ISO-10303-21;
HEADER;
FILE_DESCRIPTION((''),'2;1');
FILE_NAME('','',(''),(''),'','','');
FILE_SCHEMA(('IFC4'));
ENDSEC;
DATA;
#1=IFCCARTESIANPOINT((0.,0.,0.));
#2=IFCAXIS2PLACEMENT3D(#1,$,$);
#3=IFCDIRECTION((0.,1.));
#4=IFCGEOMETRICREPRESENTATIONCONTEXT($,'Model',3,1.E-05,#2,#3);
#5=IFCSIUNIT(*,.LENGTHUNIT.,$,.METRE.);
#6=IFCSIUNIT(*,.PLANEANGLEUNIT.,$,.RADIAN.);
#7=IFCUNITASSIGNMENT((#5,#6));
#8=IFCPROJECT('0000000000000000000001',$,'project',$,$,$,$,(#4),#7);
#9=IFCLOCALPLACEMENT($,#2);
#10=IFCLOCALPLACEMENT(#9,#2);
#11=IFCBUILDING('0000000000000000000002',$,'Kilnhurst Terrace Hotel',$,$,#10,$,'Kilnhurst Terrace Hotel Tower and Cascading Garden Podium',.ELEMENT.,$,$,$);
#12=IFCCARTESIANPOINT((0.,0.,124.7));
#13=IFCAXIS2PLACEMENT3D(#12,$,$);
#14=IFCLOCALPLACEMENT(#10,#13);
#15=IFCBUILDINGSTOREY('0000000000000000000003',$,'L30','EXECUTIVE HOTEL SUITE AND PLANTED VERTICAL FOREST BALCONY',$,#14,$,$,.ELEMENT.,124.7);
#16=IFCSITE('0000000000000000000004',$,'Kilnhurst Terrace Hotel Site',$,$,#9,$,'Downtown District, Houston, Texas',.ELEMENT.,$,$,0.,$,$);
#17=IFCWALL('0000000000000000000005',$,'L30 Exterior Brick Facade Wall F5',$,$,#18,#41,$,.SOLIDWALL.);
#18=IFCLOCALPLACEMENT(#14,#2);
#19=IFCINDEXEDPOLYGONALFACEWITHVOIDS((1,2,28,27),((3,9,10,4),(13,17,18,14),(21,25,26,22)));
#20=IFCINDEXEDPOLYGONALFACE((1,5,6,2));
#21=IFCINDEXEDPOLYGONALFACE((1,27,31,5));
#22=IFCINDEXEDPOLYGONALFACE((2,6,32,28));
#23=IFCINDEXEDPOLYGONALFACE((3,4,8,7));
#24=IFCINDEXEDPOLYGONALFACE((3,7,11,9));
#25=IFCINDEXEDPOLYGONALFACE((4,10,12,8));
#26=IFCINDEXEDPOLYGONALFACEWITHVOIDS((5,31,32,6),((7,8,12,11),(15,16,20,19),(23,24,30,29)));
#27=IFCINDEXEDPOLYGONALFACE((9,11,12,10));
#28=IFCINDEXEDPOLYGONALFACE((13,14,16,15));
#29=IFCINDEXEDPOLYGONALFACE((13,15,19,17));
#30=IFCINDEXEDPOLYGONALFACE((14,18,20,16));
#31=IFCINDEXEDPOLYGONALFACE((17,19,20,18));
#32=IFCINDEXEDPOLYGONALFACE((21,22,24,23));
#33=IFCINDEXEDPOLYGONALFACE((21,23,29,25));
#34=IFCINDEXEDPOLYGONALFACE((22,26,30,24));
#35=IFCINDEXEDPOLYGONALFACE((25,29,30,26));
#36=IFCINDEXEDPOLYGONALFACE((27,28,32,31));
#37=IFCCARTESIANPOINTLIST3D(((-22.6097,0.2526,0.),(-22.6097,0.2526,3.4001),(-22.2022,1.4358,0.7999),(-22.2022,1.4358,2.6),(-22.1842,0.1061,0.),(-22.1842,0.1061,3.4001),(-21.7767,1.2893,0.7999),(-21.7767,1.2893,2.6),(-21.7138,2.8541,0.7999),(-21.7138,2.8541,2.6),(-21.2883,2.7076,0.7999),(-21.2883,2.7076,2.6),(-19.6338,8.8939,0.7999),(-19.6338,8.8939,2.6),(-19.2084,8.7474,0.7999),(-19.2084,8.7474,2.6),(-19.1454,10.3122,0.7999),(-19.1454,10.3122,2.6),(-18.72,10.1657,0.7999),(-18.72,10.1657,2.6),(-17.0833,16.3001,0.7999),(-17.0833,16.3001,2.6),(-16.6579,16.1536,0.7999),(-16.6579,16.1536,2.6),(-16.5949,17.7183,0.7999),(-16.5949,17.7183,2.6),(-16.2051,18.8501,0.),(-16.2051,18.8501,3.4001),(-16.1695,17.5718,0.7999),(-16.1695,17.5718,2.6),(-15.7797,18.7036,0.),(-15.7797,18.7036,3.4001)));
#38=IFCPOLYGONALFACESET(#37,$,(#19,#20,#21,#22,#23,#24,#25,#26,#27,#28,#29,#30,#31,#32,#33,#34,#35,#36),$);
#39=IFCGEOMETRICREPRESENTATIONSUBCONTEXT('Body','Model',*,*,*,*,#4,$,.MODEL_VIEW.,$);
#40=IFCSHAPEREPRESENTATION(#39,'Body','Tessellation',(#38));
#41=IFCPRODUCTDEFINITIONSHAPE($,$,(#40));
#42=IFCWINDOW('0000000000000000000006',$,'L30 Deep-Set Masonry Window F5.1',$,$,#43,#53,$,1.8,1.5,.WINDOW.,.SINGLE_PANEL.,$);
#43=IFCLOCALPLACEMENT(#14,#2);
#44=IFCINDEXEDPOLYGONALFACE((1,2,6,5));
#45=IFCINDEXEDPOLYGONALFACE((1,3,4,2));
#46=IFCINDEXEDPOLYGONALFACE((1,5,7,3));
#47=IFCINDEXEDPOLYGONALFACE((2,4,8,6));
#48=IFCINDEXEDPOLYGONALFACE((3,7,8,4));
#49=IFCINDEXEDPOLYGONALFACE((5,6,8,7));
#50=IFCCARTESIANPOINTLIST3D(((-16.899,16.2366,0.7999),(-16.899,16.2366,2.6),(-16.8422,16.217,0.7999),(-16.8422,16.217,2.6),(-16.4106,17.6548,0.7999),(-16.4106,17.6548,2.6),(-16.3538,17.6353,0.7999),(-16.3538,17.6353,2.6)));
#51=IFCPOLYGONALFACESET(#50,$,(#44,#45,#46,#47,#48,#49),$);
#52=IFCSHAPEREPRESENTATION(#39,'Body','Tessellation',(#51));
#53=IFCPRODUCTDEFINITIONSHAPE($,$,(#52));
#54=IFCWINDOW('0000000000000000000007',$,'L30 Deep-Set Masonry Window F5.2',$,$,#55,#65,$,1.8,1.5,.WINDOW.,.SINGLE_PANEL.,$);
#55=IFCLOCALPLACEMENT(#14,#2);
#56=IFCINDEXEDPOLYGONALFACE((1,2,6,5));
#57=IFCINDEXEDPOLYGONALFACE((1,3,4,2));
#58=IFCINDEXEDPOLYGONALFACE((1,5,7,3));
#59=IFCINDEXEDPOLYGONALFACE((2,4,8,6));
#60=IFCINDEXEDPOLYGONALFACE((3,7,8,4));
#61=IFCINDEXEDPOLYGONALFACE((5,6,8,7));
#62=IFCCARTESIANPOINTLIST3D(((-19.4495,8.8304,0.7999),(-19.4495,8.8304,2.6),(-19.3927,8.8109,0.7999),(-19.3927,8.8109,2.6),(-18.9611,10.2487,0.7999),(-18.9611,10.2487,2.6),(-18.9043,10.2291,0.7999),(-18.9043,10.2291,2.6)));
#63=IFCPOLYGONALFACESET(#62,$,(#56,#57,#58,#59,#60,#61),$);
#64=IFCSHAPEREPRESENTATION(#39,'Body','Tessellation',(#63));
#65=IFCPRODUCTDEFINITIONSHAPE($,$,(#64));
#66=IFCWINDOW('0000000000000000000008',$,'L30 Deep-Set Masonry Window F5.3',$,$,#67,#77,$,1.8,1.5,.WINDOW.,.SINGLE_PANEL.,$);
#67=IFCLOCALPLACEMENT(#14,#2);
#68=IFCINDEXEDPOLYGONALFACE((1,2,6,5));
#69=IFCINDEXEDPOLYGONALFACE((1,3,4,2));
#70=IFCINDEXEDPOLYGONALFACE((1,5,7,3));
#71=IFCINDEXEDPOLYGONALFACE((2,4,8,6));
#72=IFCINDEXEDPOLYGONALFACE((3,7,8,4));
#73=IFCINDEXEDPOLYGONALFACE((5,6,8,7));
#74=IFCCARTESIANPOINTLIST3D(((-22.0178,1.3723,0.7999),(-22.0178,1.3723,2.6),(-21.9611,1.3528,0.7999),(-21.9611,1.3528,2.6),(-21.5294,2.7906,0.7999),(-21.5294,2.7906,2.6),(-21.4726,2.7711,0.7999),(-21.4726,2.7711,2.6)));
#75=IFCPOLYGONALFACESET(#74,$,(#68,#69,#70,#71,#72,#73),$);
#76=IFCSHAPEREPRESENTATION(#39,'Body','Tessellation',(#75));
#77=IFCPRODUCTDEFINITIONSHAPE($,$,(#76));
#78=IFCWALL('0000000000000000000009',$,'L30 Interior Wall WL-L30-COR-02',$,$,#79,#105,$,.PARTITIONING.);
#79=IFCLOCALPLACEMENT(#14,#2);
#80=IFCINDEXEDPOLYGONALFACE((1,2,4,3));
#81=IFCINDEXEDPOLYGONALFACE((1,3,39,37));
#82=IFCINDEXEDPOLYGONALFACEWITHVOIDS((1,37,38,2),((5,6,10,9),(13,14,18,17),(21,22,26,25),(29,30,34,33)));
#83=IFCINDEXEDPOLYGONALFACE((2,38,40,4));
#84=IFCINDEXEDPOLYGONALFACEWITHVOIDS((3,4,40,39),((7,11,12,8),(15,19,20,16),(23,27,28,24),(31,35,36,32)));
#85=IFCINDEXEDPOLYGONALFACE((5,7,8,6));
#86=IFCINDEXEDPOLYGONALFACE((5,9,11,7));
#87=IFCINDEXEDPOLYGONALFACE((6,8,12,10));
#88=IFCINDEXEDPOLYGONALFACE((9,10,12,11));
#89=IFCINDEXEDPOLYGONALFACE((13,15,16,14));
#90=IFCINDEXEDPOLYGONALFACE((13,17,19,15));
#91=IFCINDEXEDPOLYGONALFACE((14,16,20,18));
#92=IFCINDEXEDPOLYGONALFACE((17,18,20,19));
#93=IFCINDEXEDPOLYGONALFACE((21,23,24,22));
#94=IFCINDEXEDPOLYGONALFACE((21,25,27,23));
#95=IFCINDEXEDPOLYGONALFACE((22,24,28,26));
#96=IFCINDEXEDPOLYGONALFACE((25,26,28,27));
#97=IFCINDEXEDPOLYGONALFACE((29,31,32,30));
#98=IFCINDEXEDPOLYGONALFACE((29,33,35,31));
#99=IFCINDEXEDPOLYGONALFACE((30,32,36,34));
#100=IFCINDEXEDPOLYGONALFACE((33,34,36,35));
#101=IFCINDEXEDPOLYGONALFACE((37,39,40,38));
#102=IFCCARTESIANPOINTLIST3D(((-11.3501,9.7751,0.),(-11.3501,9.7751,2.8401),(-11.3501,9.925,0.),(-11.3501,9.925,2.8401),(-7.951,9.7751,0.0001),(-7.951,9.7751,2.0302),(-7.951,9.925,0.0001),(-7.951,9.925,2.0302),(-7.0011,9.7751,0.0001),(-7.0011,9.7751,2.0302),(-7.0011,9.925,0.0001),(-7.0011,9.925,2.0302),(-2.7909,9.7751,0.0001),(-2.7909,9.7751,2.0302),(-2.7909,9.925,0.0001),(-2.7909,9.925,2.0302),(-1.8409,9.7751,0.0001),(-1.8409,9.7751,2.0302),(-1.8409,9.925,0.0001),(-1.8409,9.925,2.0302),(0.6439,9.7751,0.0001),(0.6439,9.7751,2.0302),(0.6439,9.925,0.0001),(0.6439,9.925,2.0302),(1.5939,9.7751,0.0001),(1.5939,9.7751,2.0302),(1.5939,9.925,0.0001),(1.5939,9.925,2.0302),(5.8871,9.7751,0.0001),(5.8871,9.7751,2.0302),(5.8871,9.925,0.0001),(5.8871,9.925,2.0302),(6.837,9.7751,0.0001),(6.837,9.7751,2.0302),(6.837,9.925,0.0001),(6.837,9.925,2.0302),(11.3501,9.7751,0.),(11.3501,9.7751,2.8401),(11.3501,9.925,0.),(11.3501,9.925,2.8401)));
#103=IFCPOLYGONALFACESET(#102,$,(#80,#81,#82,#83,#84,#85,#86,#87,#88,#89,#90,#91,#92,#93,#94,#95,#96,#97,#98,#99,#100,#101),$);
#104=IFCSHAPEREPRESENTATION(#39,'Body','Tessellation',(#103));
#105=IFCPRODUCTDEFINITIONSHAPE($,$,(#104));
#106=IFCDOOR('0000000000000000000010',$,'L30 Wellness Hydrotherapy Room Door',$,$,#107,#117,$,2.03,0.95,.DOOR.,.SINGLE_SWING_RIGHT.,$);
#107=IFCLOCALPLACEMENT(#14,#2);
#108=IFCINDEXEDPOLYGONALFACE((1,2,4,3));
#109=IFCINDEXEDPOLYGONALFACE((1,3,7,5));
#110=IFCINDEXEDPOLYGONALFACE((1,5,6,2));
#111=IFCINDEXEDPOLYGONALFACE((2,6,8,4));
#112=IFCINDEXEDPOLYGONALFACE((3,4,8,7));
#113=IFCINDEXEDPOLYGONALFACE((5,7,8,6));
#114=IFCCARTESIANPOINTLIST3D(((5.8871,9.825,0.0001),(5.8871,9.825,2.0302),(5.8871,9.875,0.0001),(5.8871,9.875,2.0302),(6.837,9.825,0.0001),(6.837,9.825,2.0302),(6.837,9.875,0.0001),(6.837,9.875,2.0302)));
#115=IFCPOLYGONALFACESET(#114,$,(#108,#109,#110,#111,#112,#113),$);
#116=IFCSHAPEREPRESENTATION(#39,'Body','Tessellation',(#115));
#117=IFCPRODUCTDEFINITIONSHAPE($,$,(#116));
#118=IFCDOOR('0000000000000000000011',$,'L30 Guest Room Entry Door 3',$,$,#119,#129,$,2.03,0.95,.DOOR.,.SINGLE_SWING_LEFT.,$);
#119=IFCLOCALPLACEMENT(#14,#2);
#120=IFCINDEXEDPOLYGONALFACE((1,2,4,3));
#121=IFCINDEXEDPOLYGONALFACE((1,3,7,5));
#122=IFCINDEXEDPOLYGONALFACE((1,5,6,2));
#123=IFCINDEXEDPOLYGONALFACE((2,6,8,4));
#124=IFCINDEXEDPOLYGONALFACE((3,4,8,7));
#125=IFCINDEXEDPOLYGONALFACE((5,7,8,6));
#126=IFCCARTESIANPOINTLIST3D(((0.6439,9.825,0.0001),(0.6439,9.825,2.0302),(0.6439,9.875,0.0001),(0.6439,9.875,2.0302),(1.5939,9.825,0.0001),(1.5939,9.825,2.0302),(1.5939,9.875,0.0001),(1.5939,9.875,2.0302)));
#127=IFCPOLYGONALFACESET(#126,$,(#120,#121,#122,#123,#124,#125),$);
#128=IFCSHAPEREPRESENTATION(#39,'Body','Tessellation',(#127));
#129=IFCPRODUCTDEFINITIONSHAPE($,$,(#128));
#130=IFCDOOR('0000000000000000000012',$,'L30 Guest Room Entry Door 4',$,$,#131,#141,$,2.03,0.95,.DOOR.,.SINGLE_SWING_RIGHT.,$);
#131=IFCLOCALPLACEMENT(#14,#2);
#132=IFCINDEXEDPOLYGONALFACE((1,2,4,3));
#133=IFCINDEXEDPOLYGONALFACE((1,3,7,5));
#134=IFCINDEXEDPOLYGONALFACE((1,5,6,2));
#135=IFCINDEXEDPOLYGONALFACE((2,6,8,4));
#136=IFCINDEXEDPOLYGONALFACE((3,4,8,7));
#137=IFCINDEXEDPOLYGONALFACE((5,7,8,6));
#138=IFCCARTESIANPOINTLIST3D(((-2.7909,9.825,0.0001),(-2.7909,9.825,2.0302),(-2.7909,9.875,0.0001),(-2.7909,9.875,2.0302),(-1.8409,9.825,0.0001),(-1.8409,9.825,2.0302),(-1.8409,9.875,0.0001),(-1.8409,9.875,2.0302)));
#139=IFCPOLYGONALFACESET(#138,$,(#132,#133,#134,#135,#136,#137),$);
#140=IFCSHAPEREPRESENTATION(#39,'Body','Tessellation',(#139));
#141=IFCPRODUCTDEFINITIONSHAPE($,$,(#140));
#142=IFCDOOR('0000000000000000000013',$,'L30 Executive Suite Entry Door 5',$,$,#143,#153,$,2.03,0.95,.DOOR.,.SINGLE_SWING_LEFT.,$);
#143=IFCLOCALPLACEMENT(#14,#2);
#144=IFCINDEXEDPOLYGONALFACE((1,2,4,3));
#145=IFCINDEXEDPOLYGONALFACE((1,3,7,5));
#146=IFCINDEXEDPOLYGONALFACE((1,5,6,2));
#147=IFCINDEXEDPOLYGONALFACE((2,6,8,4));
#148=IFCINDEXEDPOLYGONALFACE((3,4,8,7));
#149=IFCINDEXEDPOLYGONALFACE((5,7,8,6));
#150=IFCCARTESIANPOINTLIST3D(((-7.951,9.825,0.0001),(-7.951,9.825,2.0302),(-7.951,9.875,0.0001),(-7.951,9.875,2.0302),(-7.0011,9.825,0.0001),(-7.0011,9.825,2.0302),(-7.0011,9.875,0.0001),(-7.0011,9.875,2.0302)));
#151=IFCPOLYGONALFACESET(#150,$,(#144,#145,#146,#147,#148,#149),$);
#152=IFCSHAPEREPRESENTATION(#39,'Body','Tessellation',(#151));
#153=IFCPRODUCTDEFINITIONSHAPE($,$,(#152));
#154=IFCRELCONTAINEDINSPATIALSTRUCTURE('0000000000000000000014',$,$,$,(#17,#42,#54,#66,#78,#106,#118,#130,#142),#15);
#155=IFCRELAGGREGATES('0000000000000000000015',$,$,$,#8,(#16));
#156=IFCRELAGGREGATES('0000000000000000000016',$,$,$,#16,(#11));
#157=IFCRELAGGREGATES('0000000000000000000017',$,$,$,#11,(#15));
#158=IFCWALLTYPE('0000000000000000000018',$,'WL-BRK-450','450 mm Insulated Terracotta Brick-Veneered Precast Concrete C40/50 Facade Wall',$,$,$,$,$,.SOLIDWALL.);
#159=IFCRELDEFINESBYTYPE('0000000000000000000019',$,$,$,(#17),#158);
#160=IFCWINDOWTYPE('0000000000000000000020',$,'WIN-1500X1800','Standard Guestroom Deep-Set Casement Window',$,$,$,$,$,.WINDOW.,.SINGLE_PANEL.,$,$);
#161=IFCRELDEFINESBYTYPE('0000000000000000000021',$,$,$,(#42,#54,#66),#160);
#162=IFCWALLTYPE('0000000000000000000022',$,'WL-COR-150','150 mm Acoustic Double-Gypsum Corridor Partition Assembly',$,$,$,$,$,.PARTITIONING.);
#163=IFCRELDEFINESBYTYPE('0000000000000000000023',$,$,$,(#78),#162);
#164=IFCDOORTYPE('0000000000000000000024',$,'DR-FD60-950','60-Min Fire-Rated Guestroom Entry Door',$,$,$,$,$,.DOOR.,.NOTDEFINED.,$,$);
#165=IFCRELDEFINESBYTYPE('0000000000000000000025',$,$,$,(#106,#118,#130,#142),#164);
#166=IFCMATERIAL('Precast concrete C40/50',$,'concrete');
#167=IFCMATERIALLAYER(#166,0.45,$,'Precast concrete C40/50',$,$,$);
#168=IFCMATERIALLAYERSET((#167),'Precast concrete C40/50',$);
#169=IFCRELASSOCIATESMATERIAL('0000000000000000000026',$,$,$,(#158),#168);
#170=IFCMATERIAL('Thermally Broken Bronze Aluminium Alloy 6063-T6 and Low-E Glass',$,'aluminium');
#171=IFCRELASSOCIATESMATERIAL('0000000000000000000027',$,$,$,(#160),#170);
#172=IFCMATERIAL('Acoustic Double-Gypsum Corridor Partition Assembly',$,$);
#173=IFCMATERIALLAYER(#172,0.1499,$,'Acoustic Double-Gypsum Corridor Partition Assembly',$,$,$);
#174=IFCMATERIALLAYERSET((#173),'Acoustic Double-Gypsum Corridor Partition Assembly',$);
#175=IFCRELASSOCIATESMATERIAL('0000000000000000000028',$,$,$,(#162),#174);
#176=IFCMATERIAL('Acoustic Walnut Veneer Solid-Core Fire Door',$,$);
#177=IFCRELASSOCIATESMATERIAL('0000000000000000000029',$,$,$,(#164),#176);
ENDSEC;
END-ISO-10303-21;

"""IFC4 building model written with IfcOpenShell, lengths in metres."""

from ifc_helpers import new_model, si_unit, direction, frame, frame_2d, origin, place, context, subcontext, project, spatial, rectangle, extrude, material, layer, layer_set, type_object, element, fill, save


model = new_model("IFC4")

# Units and contexts
model_context = context("Model", 3, precision=1e-05, world=origin(), true_north=direction((0.0, 1.0)))
body_context = subcontext(model_context, "Body", "Model", "MODEL_VIEW")
ifc_project = project(units=[si_unit("LENGTHUNIT", "METRE"), si_unit("PLANEANGLEUNIT", "RADIAN")], contexts=[model_context])

# Site, building, storey
site_placement = place(None, origin())
site = spatial("IfcSite", under=ifc_project, at=site_placement, Name="Kilnhurst Terrace Hotel Site", LongName="Downtown District, Houston, Texas", CompositionType="ELEMENT", RefElevation=0.0)
building_placement = place(site_placement, origin())
building = spatial("IfcBuilding", under=site, at=building_placement, Name="Kilnhurst Terrace Hotel", LongName="Kilnhurst Terrace Hotel Tower and Cascading Garden Podium", CompositionType="ELEMENT")
storey_placement = place(building_placement, frame((0.0, 0.0, 124.7)))
storey = spatial("IfcBuildingStorey", under=building, at=storey_placement, Name="L30", Description="EXECUTIVE HOTEL SUITE AND PLANTED VERTICAL FOREST BALCONY", CompositionType="ELEMENT", Elevation=124.7)

# Shared definitions
ifc_material_1 = material(Name="Precast concrete C40/50", Category="concrete")
ifc_layer_1 = layer(ifc_material_1, 0.45, Name="Precast concrete C40/50")
ifc_layer_set_1 = layer_set([ifc_layer_1], Name="Precast concrete C40/50")
wall_type_1 = type_object("IfcWallType", Name="WL-BRK-450", Description="450 mm Insulated Terracotta Brick-Veneered Precast Concrete C40/50 Facade Wall", PredefinedType="SOLIDWALL", material=ifc_layer_set_1)

# Wall, openings, windows
wall_1_placement = place(storey_placement, frame((-15.9924, 18.7769, 0.0), z_axis=(0.0, 0.0, 1.0), x_axis=(-0.325607, -0.945505, 0.0)))
wall_1 = element("IfcWall", 1, at=wall_1_placement, inside=storey, type_object=wall_type_1, Name="L30 Exterior Brick Facade Wall F5", PredefinedType="SOLIDWALL", context=body_context, shape_type="SweptSolid", body=[
    extrude(rectangle(XDim=19.6694, YDim=0.45, at=frame_2d((9.8347, 0.0))), origin(), (0.0, 0.0, 1.0), 3.4001),
])
opening_1_placement = place(wall_1_placement, frame((1.197, 0.0, 0.8)))
opening_1 = element("IfcOpeningElement", 2, at=opening_1_placement, cuts=wall_1, PredefinedType="OPENING", context=body_context, shape_type="SweptSolid", body=[
    extrude(rectangle(XDim=1.5, YDim=1.8, at=frame_2d((0.75, 0.8999))), frame((0.0, 0.2349, 0.0), z_axis=(0.0, -1.0, 0.0), x_axis=(1.0, 0.0, 0.0)), (0.0, 0.0, 1.0), 0.47),
])
opening_2_placement = place(wall_1_placement, frame((9.03, 0.0, 0.8)))
opening_2 = element("IfcOpeningElement", 3, at=opening_2_placement, cuts=wall_1, PredefinedType="OPENING", context=body_context, shape_type="SweptSolid", body=[
    extrude(rectangle(XDim=1.5, YDim=1.8, at=frame_2d((0.75, 0.8999))), frame((0.0, 0.2349, 0.0), z_axis=(0.0, -1.0, 0.0), x_axis=(1.0, 0.0, 0.0)), (0.0, 0.0, 1.0), 0.47),
])
opening_3_placement = place(wall_1_placement, frame((16.918, 0.0, 0.8)))
opening_3 = element("IfcOpeningElement", 4, at=opening_3_placement, cuts=wall_1, PredefinedType="OPENING", context=body_context, shape_type="SweptSolid", body=[
    extrude(rectangle(XDim=1.5, YDim=1.8, at=frame_2d((0.75, 0.8999))), frame((0.0, 0.2349, 0.0), z_axis=(0.0, -1.0, 0.0), x_axis=(1.0, 0.0, 0.0)), (0.0, 0.0, 1.0), 0.47),
])
ifc_material_2 = material(Name="Thermally Broken Bronze Aluminium Alloy 6063-T6 and Low-E Glass", Category="aluminium")
window_type = type_object("IfcWindowType", Name="WIN-1500X1800", Description="Standard Guestroom Deep-Set Casement Window", PartitioningType="SINGLE_PANEL", PredefinedType="WINDOW", material=ifc_material_2)
window_1_placement = place(opening_1_placement, origin())
window_1 = element("IfcWindow", 5, at=window_1_placement, inside=storey, type_object=window_type, Name="L30 Deep-Set Masonry Window F5.1", OverallHeight=1.8, OverallWidth=1.5, PartitioningType="SINGLE_PANEL", PredefinedType="WINDOW", context=body_context, shape_type="SweptSolid", body=[
    extrude(rectangle(XDim=1.5, YDim=1.8, at=frame_2d((0.75, 0.8999))), frame((0.0, 0.03, 0.0), z_axis=(0.0, -1.0, 0.0), x_axis=(1.0, 0.0, 0.0)), (0.0, 0.0, 1.0), 0.0601),
])
fill(opening_1, window_1)
window_2_placement = place(opening_2_placement, origin())
window_2 = element("IfcWindow", 6, at=window_2_placement, inside=storey, type_object=window_type, Name="L30 Deep-Set Masonry Window F5.2", OverallHeight=1.8, OverallWidth=1.5, PartitioningType="SINGLE_PANEL", PredefinedType="WINDOW", context=body_context, shape_type="SweptSolid", body=[
    extrude(rectangle(XDim=1.5, YDim=1.8, at=frame_2d((0.75, 0.8999))), frame((0.0, 0.03, 0.0), z_axis=(0.0, -1.0, 0.0), x_axis=(1.0, 0.0, 0.0)), (0.0, 0.0, 1.0), 0.0601),
])
fill(opening_2, window_2)
window_3_placement = place(opening_3_placement, origin())
window_3 = element("IfcWindow", 7, at=window_3_placement, inside=storey, type_object=window_type, Name="L30 Deep-Set Masonry Window F5.3", OverallHeight=1.8, OverallWidth=1.5, PartitioningType="SINGLE_PANEL", PredefinedType="WINDOW", context=body_context, shape_type="SweptSolid", body=[
    extrude(rectangle(XDim=1.5, YDim=1.8, at=frame_2d((0.75, 0.8999))), frame((0.0, 0.03, 0.0), z_axis=(0.0, -1.0, 0.0), x_axis=(1.0, 0.0, 0.0)), (0.0, 0.0, 1.0), 0.0601),
])
fill(opening_3, window_3)

# Wall, openings, doors
ifc_material_3 = material(Name="Acoustic Double-Gypsum Corridor Partition Assembly")
ifc_layer_2 = layer(ifc_material_3, 0.1499, Name="Acoustic Double-Gypsum Corridor Partition Assembly")
ifc_layer_set_2 = layer_set([ifc_layer_2], Name="Acoustic Double-Gypsum Corridor Partition Assembly")
wall_type_2 = type_object("IfcWallType", Name="WL-COR-150", Description="150 mm Acoustic Double-Gypsum Corridor Partition Assembly", PredefinedType="PARTITIONING", material=ifc_layer_set_2)
wall_2_placement = place(storey_placement, frame((-11.3501, 9.8501, 0.0), z_axis=(0.0, 0.0, 1.0), x_axis=(1.0, 0.0, 0.0)))
wall_2 = element("IfcWall", 8, at=wall_2_placement, inside=storey, type_object=wall_type_2, Name="L30 Interior Wall WL-L30-COR-02", PredefinedType="PARTITIONING", context=body_context, shape_type="SweptSolid", body=[
    extrude(rectangle(XDim=22.7002, YDim=0.1499, at=frame_2d((11.3501, 0.0))), origin(), (0.0, 0.0, 1.0), 2.8401),
])
opening_4_placement = place(wall_2_placement, frame((17.2371, 0.0, 0.0)))
opening_4 = element("IfcOpeningElement", 9, at=opening_4_placement, cuts=wall_2, PredefinedType="OPENING", context=body_context, shape_type="SweptSolid", body=[
    extrude(rectangle(XDim=0.95, YDim=2.03, at=frame_2d((0.4751, 1.0151))), frame((0.0, 0.085, 0.0), z_axis=(0.0, -1.0, 0.0), x_axis=(1.0, 0.0, 0.0)), (0.0, 0.0, 1.0), 0.1699),
])
opening_5_placement = place(wall_2_placement, frame((11.9939, 0.0, 0.0)))
opening_5 = element("IfcOpeningElement", 10, at=opening_5_placement, cuts=wall_2, PredefinedType="OPENING", context=body_context, shape_type="SweptSolid", body=[
    extrude(rectangle(XDim=0.95, YDim=2.03, at=frame_2d((0.4751, 1.0151))), frame((0.0, 0.085, 0.0), z_axis=(0.0, -1.0, 0.0), x_axis=(1.0, 0.0, 0.0)), (0.0, 0.0, 1.0), 0.1699),
])
opening_6_placement = place(wall_2_placement, frame((8.5591, 0.0, 0.0)))
opening_6 = element("IfcOpeningElement", 11, at=opening_6_placement, cuts=wall_2, PredefinedType="OPENING", context=body_context, shape_type="SweptSolid", body=[
    extrude(rectangle(XDim=0.95, YDim=2.03, at=frame_2d((0.4751, 1.0151))), frame((0.0, 0.085, 0.0), z_axis=(0.0, -1.0, 0.0), x_axis=(1.0, 0.0, 0.0)), (0.0, 0.0, 1.0), 0.1699),
])
opening_7_placement = place(wall_2_placement, frame((3.3989, 0.0, 0.0)))
opening_7 = element("IfcOpeningElement", 12, at=opening_7_placement, cuts=wall_2, PredefinedType="OPENING", context=body_context, shape_type="SweptSolid", body=[
    extrude(rectangle(XDim=0.95, YDim=2.03, at=frame_2d((0.4751, 1.0151))), frame((0.0, 0.085, 0.0), z_axis=(0.0, -1.0, 0.0), x_axis=(1.0, 0.0, 0.0)), (0.0, 0.0, 1.0), 0.1699),
])
ifc_material_4 = material(Name="Acoustic Walnut Veneer Solid-Core Fire Door")
door_type_1 = type_object("IfcDoorType", Name="DR-FD60-950", Description="60-Min Fire-Rated Guestroom Entry Door", OperationType="NOTDEFINED", PredefinedType="DOOR", material=ifc_material_4)
door_1_placement = place(opening_4_placement, origin())
door_1 = element("IfcDoor", 13, at=door_1_placement, inside=storey, type_object=door_type_1, Name="L30 Wellness Hydrotherapy Room Door", OperationType="SINGLE_SWING_RIGHT", OverallHeight=2.03, OverallWidth=0.95, PredefinedType="DOOR", context=body_context, shape_type="SweptSolid", body=[
    extrude(rectangle(XDim=0.95, YDim=2.03, at=frame_2d((0.4751, 1.0151))), frame((0.0, 0.0249, 0.0), z_axis=(0.0, -1.0, 0.0), x_axis=(1.0, 0.0, 0.0)), (0.0, 0.0, 1.0), 0.05),
])
fill(opening_4, door_1)
door_2_placement = place(opening_5_placement, origin())
door_2 = element("IfcDoor", 14, at=door_2_placement, inside=storey, type_object=door_type_1, Name="L30 Guest Room Entry Door 3", OperationType="SINGLE_SWING_LEFT", OverallHeight=2.03, OverallWidth=0.95, PredefinedType="DOOR", context=body_context, shape_type="SweptSolid", body=[
    extrude(rectangle(XDim=0.95, YDim=2.03, at=frame_2d((0.4751, 1.0151))), frame((0.0, 0.0249, 0.0), z_axis=(0.0, -1.0, 0.0), x_axis=(1.0, 0.0, 0.0)), (0.0, 0.0, 1.0), 0.05),
])
fill(opening_5, door_2)
door_3_placement = place(opening_6_placement, origin())
door_3 = element("IfcDoor", 15, at=door_3_placement, inside=storey, type_object=door_type_1, Name="L30 Guest Room Entry Door 4", OperationType="SINGLE_SWING_RIGHT", OverallHeight=2.03, OverallWidth=0.95, PredefinedType="DOOR", context=body_context, shape_type="SweptSolid", body=[
    extrude(rectangle(XDim=0.95, YDim=2.03, at=frame_2d((0.4751, 1.0151))), frame((0.0, 0.0249, 0.0), z_axis=(0.0, -1.0, 0.0), x_axis=(1.0, 0.0, 0.0)), (0.0, 0.0, 1.0), 0.05),
])
fill(opening_6, door_3)
door_4_placement = place(opening_7_placement, origin())
door_4 = element("IfcDoor", 16, at=door_4_placement, inside=storey, type_object=door_type_1, Name="L30 Executive Suite Entry Door 5", OperationType="SINGLE_SWING_LEFT", OverallHeight=2.03, OverallWidth=0.95, PredefinedType="DOOR", context=body_context, shape_type="SweptSolid", body=[
    extrude(rectangle(XDim=0.95, YDim=2.03, at=frame_2d((0.4751, 1.0151))), frame((0.0, 0.0249, 0.0), z_axis=(0.0, -1.0, 0.0), x_axis=(1.0, 0.0, 0.0)), (0.0, 0.0, 1.0), 0.05),
])
fill(opening_7, door_4)

save(model, "model.ifc")
